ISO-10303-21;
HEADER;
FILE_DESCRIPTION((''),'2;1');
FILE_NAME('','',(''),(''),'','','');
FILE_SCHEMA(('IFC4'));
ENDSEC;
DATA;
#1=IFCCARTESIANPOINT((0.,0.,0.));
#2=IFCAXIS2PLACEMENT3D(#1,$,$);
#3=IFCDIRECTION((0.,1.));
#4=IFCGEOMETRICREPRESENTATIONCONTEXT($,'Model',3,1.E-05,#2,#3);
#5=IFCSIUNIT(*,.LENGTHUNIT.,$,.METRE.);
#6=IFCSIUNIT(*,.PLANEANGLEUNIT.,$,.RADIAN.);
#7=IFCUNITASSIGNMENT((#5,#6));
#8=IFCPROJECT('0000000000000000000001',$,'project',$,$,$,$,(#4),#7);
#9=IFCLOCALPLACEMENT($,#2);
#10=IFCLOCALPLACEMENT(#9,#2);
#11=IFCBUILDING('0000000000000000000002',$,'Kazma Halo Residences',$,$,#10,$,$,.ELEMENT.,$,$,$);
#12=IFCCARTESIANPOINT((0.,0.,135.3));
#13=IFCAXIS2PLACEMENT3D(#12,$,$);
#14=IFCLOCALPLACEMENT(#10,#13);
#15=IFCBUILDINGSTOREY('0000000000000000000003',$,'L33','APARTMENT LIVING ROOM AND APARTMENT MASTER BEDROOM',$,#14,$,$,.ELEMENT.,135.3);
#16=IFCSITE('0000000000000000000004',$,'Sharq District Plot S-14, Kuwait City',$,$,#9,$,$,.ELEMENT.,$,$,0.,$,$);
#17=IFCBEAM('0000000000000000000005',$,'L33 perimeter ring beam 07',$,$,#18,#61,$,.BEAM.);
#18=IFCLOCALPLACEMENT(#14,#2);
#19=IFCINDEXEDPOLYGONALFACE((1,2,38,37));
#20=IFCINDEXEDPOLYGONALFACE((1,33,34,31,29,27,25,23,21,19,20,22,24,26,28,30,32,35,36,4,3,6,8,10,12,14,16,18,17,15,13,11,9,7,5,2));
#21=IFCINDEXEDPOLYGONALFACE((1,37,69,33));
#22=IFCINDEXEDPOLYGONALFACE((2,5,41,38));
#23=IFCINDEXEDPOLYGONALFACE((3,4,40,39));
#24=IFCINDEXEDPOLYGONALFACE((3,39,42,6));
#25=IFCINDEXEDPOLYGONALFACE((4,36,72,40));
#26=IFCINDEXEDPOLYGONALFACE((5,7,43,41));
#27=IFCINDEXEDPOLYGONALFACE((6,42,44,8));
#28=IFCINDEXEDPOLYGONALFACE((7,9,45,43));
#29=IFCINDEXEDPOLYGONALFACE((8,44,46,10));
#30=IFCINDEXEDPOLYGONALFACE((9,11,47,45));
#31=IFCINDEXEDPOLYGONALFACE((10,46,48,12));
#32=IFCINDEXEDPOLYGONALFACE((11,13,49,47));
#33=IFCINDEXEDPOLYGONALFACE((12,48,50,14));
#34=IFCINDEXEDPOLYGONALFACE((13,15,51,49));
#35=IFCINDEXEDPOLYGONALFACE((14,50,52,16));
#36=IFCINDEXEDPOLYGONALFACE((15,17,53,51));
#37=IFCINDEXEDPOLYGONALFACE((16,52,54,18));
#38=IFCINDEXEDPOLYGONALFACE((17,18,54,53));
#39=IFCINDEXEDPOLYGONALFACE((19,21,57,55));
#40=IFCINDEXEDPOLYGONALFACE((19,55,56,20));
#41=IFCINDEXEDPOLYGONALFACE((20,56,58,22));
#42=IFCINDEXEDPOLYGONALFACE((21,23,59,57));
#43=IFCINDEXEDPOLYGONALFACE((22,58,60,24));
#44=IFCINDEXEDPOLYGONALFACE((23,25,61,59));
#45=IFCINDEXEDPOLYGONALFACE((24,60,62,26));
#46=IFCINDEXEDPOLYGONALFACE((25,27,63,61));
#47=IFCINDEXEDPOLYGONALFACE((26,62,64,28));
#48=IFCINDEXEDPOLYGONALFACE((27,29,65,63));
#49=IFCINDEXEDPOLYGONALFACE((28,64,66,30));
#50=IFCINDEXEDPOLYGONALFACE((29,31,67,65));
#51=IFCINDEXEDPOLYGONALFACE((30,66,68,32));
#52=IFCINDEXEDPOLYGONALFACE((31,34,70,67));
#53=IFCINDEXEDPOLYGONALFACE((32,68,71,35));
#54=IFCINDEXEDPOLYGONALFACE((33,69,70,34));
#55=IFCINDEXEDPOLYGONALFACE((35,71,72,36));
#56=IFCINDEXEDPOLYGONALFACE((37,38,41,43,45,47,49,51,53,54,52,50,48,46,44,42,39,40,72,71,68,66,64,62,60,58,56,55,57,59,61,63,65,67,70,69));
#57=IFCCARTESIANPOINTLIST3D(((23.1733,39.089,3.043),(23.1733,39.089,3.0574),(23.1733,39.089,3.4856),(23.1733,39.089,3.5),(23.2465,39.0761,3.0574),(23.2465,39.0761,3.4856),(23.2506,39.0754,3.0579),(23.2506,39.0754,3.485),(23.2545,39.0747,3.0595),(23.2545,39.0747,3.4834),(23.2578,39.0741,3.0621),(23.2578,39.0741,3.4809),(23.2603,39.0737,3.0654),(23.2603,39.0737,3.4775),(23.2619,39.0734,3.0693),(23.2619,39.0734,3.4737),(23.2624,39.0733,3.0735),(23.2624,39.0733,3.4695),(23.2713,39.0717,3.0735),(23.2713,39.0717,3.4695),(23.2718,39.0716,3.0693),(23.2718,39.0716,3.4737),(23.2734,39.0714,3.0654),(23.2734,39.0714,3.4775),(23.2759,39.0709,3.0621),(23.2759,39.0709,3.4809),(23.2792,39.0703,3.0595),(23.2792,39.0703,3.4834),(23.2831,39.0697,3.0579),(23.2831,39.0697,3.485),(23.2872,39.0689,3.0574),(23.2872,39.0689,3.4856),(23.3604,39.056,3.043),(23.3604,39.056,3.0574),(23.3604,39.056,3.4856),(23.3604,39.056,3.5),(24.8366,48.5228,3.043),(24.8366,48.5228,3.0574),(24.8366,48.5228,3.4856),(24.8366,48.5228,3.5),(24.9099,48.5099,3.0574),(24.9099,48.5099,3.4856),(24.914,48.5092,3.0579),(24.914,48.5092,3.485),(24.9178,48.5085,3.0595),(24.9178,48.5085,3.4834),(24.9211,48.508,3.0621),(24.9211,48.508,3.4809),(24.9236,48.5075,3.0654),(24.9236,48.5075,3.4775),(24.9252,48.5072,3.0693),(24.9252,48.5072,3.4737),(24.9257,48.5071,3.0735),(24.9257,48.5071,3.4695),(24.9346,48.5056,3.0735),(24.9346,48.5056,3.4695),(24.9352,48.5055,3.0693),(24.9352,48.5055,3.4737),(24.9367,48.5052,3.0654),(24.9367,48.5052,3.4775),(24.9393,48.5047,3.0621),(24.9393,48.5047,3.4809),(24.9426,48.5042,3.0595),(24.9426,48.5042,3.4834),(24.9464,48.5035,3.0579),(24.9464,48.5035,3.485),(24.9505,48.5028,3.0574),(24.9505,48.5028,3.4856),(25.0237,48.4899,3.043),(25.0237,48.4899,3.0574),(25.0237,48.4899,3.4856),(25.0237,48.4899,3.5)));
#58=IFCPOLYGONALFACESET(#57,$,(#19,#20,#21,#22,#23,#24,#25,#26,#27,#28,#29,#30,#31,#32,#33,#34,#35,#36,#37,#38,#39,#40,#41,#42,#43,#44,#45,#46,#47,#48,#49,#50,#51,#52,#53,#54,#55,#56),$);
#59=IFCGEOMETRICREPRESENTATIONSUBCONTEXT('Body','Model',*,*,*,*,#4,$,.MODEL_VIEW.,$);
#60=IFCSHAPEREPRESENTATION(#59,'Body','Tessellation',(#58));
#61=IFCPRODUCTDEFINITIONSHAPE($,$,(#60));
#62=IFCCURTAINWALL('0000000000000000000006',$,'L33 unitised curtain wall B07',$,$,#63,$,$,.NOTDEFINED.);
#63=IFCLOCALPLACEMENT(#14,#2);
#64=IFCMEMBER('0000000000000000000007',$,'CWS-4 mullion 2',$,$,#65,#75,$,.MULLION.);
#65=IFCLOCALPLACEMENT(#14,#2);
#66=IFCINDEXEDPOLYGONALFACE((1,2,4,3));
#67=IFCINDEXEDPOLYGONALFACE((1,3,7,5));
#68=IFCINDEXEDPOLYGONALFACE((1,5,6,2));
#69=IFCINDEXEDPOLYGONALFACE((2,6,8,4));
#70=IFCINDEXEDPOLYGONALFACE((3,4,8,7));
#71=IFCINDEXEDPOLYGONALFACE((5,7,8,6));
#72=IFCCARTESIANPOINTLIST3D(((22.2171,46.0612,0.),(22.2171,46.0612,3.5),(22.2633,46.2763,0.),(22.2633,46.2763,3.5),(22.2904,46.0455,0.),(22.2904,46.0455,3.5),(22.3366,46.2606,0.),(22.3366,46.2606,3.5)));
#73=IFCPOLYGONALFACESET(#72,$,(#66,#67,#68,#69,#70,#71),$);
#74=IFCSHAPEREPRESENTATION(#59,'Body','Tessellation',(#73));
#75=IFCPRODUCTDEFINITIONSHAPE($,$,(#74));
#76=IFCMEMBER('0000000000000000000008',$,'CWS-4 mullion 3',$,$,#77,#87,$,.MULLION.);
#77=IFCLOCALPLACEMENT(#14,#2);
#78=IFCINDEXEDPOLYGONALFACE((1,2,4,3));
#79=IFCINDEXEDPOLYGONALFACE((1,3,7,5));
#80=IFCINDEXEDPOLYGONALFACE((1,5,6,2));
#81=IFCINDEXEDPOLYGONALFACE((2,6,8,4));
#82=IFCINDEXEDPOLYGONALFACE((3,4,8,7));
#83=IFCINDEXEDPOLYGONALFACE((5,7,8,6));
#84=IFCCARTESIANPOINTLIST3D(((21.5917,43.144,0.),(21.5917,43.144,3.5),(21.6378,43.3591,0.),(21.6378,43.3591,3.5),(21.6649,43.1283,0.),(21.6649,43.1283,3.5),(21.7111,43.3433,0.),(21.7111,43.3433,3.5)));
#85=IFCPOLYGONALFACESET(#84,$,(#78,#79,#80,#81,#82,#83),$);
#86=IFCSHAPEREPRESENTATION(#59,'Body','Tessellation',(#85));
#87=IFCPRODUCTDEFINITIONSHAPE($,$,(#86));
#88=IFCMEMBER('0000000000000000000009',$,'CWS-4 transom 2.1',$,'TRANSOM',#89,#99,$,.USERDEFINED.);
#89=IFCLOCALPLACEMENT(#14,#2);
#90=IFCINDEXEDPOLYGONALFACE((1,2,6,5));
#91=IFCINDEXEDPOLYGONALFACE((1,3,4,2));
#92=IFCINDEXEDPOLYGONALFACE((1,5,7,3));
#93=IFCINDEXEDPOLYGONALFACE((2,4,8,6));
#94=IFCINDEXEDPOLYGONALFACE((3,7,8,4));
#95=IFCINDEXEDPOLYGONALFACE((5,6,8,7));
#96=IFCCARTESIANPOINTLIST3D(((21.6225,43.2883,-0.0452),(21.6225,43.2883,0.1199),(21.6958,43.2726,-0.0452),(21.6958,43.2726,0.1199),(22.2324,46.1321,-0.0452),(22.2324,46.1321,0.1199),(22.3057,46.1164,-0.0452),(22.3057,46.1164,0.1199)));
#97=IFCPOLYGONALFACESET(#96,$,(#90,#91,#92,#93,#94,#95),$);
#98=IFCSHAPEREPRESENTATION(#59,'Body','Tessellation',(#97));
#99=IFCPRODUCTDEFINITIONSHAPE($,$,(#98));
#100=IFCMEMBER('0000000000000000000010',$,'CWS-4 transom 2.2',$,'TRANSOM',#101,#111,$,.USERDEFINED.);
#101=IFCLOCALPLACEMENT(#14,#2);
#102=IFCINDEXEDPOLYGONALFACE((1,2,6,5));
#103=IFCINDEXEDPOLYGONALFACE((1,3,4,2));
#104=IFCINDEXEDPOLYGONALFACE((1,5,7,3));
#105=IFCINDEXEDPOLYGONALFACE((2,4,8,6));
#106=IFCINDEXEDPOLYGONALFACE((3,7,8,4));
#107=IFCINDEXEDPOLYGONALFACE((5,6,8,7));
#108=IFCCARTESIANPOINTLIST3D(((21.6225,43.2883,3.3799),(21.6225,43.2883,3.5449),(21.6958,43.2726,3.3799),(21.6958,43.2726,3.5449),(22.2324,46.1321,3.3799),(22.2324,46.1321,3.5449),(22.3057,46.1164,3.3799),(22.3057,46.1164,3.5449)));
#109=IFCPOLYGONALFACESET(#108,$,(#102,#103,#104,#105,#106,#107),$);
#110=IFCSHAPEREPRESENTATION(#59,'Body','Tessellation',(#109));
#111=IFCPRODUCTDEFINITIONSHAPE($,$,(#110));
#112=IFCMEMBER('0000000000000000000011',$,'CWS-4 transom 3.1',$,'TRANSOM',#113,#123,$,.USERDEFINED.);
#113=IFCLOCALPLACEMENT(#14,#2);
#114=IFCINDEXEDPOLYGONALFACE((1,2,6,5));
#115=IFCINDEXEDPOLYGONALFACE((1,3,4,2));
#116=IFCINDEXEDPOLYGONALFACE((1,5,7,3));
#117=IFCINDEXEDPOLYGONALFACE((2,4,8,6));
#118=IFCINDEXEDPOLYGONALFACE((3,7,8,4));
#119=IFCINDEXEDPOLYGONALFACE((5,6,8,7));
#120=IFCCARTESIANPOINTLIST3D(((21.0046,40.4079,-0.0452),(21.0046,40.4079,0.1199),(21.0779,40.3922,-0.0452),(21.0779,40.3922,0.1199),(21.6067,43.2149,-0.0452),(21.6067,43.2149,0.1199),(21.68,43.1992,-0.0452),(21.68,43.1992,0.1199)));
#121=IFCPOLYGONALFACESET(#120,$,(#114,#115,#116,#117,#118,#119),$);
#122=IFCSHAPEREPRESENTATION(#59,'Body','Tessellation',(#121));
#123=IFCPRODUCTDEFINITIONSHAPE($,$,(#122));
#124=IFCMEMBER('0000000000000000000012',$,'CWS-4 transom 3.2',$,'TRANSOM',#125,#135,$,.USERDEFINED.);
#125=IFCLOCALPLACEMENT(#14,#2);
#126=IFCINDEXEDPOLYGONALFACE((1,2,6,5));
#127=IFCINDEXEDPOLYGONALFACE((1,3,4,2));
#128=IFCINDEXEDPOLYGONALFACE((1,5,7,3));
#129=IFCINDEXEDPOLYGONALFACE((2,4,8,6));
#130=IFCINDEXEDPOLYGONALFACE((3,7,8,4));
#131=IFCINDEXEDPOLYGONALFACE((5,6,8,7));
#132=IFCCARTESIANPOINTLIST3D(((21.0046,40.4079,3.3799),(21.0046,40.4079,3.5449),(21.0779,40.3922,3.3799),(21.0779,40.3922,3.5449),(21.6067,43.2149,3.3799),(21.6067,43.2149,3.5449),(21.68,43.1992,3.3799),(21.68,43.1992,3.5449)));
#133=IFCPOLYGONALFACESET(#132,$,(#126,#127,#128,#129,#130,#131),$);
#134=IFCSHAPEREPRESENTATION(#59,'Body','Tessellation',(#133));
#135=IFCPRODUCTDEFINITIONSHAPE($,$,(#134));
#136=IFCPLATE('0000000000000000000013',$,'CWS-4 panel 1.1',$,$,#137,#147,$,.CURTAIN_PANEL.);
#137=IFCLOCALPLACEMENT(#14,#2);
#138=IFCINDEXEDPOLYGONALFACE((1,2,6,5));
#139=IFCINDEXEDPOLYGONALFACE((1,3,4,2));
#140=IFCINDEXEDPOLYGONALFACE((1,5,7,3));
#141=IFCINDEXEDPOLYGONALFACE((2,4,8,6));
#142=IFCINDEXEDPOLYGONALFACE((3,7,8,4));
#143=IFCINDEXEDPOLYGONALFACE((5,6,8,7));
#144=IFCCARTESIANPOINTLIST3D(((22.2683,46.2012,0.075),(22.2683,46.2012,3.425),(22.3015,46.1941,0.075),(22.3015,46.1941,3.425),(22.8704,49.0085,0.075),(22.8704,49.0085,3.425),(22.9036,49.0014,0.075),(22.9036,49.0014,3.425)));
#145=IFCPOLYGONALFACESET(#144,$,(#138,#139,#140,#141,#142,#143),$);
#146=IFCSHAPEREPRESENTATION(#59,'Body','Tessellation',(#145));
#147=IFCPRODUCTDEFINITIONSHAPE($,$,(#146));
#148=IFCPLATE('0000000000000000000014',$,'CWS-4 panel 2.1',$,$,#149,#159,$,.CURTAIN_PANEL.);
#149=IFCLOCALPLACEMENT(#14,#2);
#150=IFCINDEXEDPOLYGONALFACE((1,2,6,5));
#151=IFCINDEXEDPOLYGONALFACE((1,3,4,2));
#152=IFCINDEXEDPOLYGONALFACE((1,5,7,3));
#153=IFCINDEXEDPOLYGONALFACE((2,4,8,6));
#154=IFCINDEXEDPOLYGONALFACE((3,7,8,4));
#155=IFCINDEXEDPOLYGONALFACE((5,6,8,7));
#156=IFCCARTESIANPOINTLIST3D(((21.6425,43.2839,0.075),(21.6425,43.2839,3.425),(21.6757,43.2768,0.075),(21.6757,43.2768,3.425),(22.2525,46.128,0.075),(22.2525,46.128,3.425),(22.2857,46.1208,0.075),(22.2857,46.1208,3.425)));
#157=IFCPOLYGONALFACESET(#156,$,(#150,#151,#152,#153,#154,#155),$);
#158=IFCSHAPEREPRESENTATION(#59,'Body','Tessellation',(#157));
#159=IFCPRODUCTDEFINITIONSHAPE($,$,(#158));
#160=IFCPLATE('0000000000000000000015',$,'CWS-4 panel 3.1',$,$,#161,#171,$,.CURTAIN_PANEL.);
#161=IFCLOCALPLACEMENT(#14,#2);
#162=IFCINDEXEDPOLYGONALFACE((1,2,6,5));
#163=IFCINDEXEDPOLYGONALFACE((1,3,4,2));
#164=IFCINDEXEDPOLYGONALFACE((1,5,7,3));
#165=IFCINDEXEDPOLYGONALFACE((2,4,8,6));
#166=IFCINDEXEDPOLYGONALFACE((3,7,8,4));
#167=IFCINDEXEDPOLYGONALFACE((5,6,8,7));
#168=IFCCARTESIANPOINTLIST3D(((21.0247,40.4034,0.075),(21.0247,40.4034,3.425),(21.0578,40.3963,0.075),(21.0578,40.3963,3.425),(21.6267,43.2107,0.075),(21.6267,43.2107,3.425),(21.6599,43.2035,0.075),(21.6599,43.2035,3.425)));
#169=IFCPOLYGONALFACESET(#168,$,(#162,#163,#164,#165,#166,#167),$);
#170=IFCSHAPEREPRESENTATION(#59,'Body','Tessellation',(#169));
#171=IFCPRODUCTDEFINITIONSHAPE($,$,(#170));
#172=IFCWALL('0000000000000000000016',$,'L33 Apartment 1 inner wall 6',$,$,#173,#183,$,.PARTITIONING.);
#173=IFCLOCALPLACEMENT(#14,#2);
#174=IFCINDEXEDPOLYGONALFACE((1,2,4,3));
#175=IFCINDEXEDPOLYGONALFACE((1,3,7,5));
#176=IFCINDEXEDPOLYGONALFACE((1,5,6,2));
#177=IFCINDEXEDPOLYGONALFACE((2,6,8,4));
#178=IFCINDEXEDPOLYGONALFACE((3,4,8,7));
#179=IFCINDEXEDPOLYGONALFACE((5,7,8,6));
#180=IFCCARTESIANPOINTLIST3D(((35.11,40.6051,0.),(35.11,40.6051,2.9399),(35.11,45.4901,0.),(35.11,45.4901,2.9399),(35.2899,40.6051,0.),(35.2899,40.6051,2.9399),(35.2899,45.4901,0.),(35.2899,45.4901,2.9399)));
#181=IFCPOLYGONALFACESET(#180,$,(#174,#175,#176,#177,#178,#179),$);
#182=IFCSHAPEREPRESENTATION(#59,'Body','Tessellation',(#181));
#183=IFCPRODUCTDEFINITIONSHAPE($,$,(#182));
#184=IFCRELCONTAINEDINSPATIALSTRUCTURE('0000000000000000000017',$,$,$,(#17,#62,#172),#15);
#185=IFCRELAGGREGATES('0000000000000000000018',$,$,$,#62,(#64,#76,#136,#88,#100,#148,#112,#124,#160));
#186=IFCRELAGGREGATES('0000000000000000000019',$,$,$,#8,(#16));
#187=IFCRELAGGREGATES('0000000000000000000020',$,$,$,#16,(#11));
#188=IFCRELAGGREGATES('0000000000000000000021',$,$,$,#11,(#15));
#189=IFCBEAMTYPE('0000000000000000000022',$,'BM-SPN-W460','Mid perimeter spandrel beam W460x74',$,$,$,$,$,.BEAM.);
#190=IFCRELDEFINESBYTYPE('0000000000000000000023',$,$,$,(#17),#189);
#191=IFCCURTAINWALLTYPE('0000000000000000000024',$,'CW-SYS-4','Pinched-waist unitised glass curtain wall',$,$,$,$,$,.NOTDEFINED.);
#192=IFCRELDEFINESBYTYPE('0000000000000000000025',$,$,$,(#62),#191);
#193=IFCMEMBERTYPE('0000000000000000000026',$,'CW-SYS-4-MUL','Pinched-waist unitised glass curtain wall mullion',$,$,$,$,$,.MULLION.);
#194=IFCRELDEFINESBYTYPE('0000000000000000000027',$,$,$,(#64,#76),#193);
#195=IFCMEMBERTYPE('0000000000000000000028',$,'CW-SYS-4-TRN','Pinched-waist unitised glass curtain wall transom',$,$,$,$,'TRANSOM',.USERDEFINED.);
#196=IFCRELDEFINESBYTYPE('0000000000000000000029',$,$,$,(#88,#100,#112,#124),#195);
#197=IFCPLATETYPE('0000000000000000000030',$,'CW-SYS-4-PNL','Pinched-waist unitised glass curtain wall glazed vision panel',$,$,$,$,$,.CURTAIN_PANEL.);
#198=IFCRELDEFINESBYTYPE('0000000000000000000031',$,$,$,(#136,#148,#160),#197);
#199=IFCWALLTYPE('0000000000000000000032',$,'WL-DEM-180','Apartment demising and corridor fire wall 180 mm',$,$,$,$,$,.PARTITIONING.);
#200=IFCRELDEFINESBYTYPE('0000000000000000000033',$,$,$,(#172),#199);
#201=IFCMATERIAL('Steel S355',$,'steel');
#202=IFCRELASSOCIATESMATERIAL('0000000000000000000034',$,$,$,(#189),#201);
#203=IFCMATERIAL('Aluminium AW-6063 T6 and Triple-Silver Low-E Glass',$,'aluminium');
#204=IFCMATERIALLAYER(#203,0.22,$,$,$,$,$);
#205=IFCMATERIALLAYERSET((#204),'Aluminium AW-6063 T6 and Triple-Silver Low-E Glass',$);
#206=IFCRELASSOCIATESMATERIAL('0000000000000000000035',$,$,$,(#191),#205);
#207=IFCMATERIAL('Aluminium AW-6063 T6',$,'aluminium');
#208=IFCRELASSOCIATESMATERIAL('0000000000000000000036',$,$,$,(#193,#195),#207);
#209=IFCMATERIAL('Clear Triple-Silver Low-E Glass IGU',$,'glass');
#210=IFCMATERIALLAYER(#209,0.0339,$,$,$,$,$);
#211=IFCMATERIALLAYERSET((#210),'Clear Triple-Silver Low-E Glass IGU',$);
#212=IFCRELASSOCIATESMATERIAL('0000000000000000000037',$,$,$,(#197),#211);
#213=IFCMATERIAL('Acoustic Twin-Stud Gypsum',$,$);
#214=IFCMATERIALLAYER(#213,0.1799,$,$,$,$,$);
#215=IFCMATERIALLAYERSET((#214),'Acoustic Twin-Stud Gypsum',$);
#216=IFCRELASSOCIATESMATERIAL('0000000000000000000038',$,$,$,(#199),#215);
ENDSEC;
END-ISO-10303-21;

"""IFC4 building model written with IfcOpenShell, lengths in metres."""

from ifc_helpers import new_model, si_unit, direction, frame, frame_2d, origin, origin_2d, place, context, subcontext, project, spatial, rectangle, i_section, extrude, material, layer, layer_set, material_profile, profile_set, type_object, element, aggregate, save


model = new_model("IFC4")

# Units and contexts
model_context = context("Model", 3, precision=1e-05, world=origin(), true_north=direction((0.0, 1.0)))
body_context = subcontext(model_context, "Body", "Model", "MODEL_VIEW")
ifc_project = project(units=[si_unit("LENGTHUNIT", "METRE"), si_unit("PLANEANGLEUNIT", "RADIAN")], contexts=[model_context])

# Site, building, storey
site_placement = place(None, origin())
site = spatial("IfcSite", under=ifc_project, at=site_placement, Name="Sharq District Plot S-14, Kuwait City", CompositionType="ELEMENT", RefElevation=0.0)
building_placement = place(site_placement, origin())
building = spatial("IfcBuilding", under=site, at=building_placement, Name="Kazma Halo Residences", CompositionType="ELEMENT")
storey_placement = place(building_placement, frame((0.0, 0.0, 135.3)))
storey = spatial("IfcBuildingStorey", under=building, at=storey_placement, Name="L33", Description="APARTMENT LIVING ROOM AND APARTMENT MASTER BEDROOM", CompositionType="ELEMENT", Elevation=135.3)

# Beam
ifc_material_1 = material(Name="Steel S355", Category="steel")
ifc_material_profile_1 = material_profile(ifc_material_1, i_section(OverallWidth=0.1899, OverallDepth=0.457, WebThickness=0.009, FlangeThickness=0.0144, FilletRadius=0.0161, at=origin_2d()), Name="W460x74")
ifc_profile_set_1 = profile_set([ifc_material_profile_1], Name="Steel S355")
beam_type_1 = type_object("IfcBeamType", Name="BM-SPN-W460", Description="Mid perimeter spandrel beam W460x74", PredefinedType="BEAM", material=ifc_profile_set_1)
beam_1_placement = place(storey_placement, frame((24.9302, 48.5063, 3.2715), z_axis=(-0.173637, -0.98481, 0.0), x_axis=(0.98481, -0.173637, 0.0)))
element("IfcBeam", 1, at=beam_1_placement, inside=storey, type_object=beam_type_1, Name="L33 perimeter ring beam 07", PredefinedType="BEAM", context=body_context, shape_type="SweptSolid", body=[
    extrude(i_section(OverallWidth=0.1899, OverallDepth=0.457, WebThickness=0.009, FlangeThickness=0.0144, FilletRadius=0.0161, at=origin_2d()), origin(), (0.0, 0.0, 1.0), 9.5793),
])

# Curtain wall, members, plates
ifc_material_2 = material(Name="Aluminium AW-6063 T6 and Triple-Silver Low-E Glass", Category="aluminium")
ifc_layer_1 = layer(ifc_material_2, 0.22)
ifc_layer_set_1 = layer_set([ifc_layer_1], Name="Aluminium AW-6063 T6 and Triple-Silver Low-E Glass")
curtain_wall_type = type_object("IfcCurtainWallType", Name="CW-SYS-4", Description="Pinched-waist unitised glass curtain wall", PredefinedType="NOTDEFINED", material=ifc_layer_set_1)
curtain_wall_placement = place(storey_placement, origin())
curtain_wall = element("IfcCurtainWall", 2, at=curtain_wall_placement, inside=storey, type_object=curtain_wall_type, Name="L33 unitised curtain wall B07", PredefinedType="NOTDEFINED")
ifc_material_3 = material(Name="Aluminium AW-6063 T6", Category="aluminium")
ifc_material_profile_2 = material_profile(ifc_material_3, rectangle(XDim=0.075, YDim=0.22, at=origin_2d()), Name="CWM-75x220")
ifc_profile_set_2 = profile_set([ifc_material_profile_2], Name="Aluminium AW-6063 T6")
member_type_1 = type_object("IfcMemberType", Name="CW-SYS-4-MUL", Description="Pinched-waist unitised glass curtain wall mullion", PredefinedType="MULLION", material=ifc_profile_set_2)
member_1_placement = place(storey_placement, frame((22.2769, 46.1609, 0.0), z_axis=(0.0, 0.0, 1.0), x_axis=(0.977765, -0.209704, 0.0)))
member_1 = element("IfcMember", 3, at=member_1_placement, type_object=member_type_1, Name="CWS-4 mullion 2", PredefinedType="MULLION", context=body_context, shape_type="SweptSolid", body=[
    extrude(rectangle(XDim=0.075, YDim=0.22, at=origin_2d()), origin(), (0.0, 0.0, 1.0), 3.5),
])
member_2_placement = place(storey_placement, frame((21.6514, 43.2437, 0.0), z_axis=(0.0, 0.0, 1.0), x_axis=(0.977765, -0.209704, 0.0)))
member_2 = element("IfcMember", 4, at=member_2_placement, type_object=member_type_1, Name="CWS-4 mullion 3", PredefinedType="MULLION", context=body_context, shape_type="SweptSolid", body=[
    extrude(rectangle(XDim=0.075, YDim=0.22, at=origin_2d()), origin(), (0.0, 0.0, 1.0), 3.5),
])
ifc_material_profile_3 = material_profile(ifc_material_3, rectangle(XDim=0.075, YDim=0.165, at=origin_2d()), Name="CWT-75x165")
ifc_profile_set_3 = profile_set([ifc_material_profile_3], Name="Aluminium AW-6063 T6")
member_type_2 = type_object("IfcMemberType", Name="CW-SYS-4-TRN", Description="Pinched-waist unitised glass curtain wall transom", ElementType="TRANSOM", PredefinedType="USERDEFINED", material=ifc_profile_set_3)
member_3_placement = place(storey_placement, frame((22.269, 46.1243, 0.0374), z_axis=(-0.20969, -0.977768, 0.0), x_axis=(0.977768, -0.20969, 0.0)))
member_3 = element("IfcMember", 5, at=member_3_placement, type_object=member_type_2, Name="CWS-4 transom 2.1", ObjectType="TRANSOM", PredefinedType="USERDEFINED", context=body_context, shape_type="SweptSolid", body=[
    extrude(rectangle(XDim=0.075, YDim=0.165, at=origin_2d()), origin(), (0.0, 0.0, 1.0), 2.9084),
])
member_4_placement = place(storey_placement, frame((22.269, 46.1243, 3.4624), z_axis=(-0.20969, -0.977768, 0.0), x_axis=(0.977768, -0.20969, 0.0)))
member_4 = element("IfcMember", 6, at=member_4_placement, type_object=member_type_2, Name="CWS-4 transom 2.2", ObjectType="TRANSOM", PredefinedType="USERDEFINED", context=body_context, shape_type="SweptSolid", body=[
    extrude(rectangle(XDim=0.075, YDim=0.165, at=origin_2d()), origin(), (0.0, 0.0, 1.0), 2.9084),
])
member_5_placement = place(storey_placement, frame((21.6433, 43.207, 0.0374), z_axis=(-0.209703, -0.977765, 0.0), x_axis=(0.977765, -0.209703, 0.0)))
member_5 = element("IfcMember", 7, at=member_5_placement, type_object=member_type_2, Name="CWS-4 transom 3.1", ObjectType="TRANSOM", PredefinedType="USERDEFINED", context=body_context, shape_type="SweptSolid", body=[
    extrude(rectangle(XDim=0.075, YDim=0.165, at=origin_2d()), origin(), (0.0, 0.0, 1.0), 2.8708),
])
member_6_placement = place(storey_placement, frame((21.6433, 43.207, 3.4624), z_axis=(-0.209703, -0.977765, 0.0), x_axis=(0.977765, -0.209703, 0.0)))
member_6 = element("IfcMember", 8, at=member_6_placement, type_object=member_type_2, Name="CWS-4 transom 3.2", ObjectType="TRANSOM", PredefinedType="USERDEFINED", context=body_context, shape_type="SweptSolid", body=[
    extrude(rectangle(XDim=0.075, YDim=0.165, at=origin_2d()), origin(), (0.0, 0.0, 1.0), 2.8708),
])
ifc_material_4 = material(Name="Clear Triple-Silver Low-E Glass IGU", Category="glass")
ifc_layer_2 = layer(ifc_material_4, 0.0339)
ifc_layer_set_2 = layer_set([ifc_layer_2], Name="Clear Triple-Silver Low-E Glass IGU")
plate_type = type_object("IfcPlateType", Name="CW-SYS-4-PNL", Description="Pinched-waist unitised glass curtain wall glazed vision panel", PredefinedType="CURTAIN_PANEL", material=ifc_layer_set_2)
plate_1_placement = place(storey_placement, frame((22.5859, 47.6013, 0.075), z_axis=(0.0, 0.0, 1.0), x_axis=(-0.209704, -0.977765, 0.0)))
plate_1 = element("IfcPlate", 9, at=plate_1_placement, type_object=plate_type, Name="CWS-4 panel 1.1", PredefinedType="CURTAIN_PANEL", context=body_context, shape_type="SweptSolid", body=[
    extrude(rectangle(XDim=2.8711, YDim=0.0339, at=origin_2d()), origin(), (0.0, 0.0, 1.0), 3.3501),
])
plate_2_placement = place(storey_placement, frame((21.9641, 44.7024, 0.075), z_axis=(0.0, 0.0, 1.0), x_axis=(-0.209704, -0.977765, 0.0)))
plate_2 = element("IfcPlate", 10, at=plate_2_placement, type_object=plate_type, Name="CWS-4 panel 2.1", PredefinedType="CURTAIN_PANEL", context=body_context, shape_type="SweptSolid", body=[
    extrude(rectangle(XDim=2.9087, YDim=0.0339, at=origin_2d()), origin(), (0.0, 0.0, 1.0), 3.3501),
])
plate_3_placement = place(storey_placement, frame((21.3423, 41.8035, 0.075), z_axis=(0.0, 0.0, 1.0), x_axis=(-0.209704, -0.977765, 0.0)))
plate_3 = element("IfcPlate", 11, at=plate_3_placement, type_object=plate_type, Name="CWS-4 panel 3.1", PredefinedType="CURTAIN_PANEL", context=body_context, shape_type="SweptSolid", body=[
    extrude(rectangle(XDim=2.8711, YDim=0.0339, at=origin_2d()), origin(), (0.0, 0.0, 1.0), 3.3501),
])
aggregate(curtain_wall, [member_1, member_2, plate_1, member_3, member_4, plate_2, member_5, member_6, plate_3])

# Wall
ifc_material_5 = material(Name="Acoustic Twin-Stud Gypsum")
ifc_layer_3 = layer(ifc_material_5, 0.1799)
ifc_layer_set_3 = layer_set([ifc_layer_3], Name="Acoustic Twin-Stud Gypsum")
wall_type_1 = type_object("IfcWallType", Name="WL-DEM-180", Description="Apartment demising and corridor fire wall 180 mm", PredefinedType="PARTITIONING", material=ifc_layer_set_3)
wall_1_placement = place(storey_placement, frame((35.2, 45.49, 0.0), z_axis=(0.0, 0.0, 1.0), x_axis=(0.0, -1.0, 0.0)))
element("IfcWall", 12, at=wall_1_placement, inside=storey, type_object=wall_type_1, Name="L33 Apartment 1 inner wall 6", PredefinedType="PARTITIONING", context=body_context, shape_type="SweptSolid", body=[
    extrude(rectangle(XDim=4.885, YDim=0.1799, at=frame_2d((2.4424, 0.0))), origin(), (0.0, 0.0, 1.0), 2.9399),
])

save(model, "model.ifc")
